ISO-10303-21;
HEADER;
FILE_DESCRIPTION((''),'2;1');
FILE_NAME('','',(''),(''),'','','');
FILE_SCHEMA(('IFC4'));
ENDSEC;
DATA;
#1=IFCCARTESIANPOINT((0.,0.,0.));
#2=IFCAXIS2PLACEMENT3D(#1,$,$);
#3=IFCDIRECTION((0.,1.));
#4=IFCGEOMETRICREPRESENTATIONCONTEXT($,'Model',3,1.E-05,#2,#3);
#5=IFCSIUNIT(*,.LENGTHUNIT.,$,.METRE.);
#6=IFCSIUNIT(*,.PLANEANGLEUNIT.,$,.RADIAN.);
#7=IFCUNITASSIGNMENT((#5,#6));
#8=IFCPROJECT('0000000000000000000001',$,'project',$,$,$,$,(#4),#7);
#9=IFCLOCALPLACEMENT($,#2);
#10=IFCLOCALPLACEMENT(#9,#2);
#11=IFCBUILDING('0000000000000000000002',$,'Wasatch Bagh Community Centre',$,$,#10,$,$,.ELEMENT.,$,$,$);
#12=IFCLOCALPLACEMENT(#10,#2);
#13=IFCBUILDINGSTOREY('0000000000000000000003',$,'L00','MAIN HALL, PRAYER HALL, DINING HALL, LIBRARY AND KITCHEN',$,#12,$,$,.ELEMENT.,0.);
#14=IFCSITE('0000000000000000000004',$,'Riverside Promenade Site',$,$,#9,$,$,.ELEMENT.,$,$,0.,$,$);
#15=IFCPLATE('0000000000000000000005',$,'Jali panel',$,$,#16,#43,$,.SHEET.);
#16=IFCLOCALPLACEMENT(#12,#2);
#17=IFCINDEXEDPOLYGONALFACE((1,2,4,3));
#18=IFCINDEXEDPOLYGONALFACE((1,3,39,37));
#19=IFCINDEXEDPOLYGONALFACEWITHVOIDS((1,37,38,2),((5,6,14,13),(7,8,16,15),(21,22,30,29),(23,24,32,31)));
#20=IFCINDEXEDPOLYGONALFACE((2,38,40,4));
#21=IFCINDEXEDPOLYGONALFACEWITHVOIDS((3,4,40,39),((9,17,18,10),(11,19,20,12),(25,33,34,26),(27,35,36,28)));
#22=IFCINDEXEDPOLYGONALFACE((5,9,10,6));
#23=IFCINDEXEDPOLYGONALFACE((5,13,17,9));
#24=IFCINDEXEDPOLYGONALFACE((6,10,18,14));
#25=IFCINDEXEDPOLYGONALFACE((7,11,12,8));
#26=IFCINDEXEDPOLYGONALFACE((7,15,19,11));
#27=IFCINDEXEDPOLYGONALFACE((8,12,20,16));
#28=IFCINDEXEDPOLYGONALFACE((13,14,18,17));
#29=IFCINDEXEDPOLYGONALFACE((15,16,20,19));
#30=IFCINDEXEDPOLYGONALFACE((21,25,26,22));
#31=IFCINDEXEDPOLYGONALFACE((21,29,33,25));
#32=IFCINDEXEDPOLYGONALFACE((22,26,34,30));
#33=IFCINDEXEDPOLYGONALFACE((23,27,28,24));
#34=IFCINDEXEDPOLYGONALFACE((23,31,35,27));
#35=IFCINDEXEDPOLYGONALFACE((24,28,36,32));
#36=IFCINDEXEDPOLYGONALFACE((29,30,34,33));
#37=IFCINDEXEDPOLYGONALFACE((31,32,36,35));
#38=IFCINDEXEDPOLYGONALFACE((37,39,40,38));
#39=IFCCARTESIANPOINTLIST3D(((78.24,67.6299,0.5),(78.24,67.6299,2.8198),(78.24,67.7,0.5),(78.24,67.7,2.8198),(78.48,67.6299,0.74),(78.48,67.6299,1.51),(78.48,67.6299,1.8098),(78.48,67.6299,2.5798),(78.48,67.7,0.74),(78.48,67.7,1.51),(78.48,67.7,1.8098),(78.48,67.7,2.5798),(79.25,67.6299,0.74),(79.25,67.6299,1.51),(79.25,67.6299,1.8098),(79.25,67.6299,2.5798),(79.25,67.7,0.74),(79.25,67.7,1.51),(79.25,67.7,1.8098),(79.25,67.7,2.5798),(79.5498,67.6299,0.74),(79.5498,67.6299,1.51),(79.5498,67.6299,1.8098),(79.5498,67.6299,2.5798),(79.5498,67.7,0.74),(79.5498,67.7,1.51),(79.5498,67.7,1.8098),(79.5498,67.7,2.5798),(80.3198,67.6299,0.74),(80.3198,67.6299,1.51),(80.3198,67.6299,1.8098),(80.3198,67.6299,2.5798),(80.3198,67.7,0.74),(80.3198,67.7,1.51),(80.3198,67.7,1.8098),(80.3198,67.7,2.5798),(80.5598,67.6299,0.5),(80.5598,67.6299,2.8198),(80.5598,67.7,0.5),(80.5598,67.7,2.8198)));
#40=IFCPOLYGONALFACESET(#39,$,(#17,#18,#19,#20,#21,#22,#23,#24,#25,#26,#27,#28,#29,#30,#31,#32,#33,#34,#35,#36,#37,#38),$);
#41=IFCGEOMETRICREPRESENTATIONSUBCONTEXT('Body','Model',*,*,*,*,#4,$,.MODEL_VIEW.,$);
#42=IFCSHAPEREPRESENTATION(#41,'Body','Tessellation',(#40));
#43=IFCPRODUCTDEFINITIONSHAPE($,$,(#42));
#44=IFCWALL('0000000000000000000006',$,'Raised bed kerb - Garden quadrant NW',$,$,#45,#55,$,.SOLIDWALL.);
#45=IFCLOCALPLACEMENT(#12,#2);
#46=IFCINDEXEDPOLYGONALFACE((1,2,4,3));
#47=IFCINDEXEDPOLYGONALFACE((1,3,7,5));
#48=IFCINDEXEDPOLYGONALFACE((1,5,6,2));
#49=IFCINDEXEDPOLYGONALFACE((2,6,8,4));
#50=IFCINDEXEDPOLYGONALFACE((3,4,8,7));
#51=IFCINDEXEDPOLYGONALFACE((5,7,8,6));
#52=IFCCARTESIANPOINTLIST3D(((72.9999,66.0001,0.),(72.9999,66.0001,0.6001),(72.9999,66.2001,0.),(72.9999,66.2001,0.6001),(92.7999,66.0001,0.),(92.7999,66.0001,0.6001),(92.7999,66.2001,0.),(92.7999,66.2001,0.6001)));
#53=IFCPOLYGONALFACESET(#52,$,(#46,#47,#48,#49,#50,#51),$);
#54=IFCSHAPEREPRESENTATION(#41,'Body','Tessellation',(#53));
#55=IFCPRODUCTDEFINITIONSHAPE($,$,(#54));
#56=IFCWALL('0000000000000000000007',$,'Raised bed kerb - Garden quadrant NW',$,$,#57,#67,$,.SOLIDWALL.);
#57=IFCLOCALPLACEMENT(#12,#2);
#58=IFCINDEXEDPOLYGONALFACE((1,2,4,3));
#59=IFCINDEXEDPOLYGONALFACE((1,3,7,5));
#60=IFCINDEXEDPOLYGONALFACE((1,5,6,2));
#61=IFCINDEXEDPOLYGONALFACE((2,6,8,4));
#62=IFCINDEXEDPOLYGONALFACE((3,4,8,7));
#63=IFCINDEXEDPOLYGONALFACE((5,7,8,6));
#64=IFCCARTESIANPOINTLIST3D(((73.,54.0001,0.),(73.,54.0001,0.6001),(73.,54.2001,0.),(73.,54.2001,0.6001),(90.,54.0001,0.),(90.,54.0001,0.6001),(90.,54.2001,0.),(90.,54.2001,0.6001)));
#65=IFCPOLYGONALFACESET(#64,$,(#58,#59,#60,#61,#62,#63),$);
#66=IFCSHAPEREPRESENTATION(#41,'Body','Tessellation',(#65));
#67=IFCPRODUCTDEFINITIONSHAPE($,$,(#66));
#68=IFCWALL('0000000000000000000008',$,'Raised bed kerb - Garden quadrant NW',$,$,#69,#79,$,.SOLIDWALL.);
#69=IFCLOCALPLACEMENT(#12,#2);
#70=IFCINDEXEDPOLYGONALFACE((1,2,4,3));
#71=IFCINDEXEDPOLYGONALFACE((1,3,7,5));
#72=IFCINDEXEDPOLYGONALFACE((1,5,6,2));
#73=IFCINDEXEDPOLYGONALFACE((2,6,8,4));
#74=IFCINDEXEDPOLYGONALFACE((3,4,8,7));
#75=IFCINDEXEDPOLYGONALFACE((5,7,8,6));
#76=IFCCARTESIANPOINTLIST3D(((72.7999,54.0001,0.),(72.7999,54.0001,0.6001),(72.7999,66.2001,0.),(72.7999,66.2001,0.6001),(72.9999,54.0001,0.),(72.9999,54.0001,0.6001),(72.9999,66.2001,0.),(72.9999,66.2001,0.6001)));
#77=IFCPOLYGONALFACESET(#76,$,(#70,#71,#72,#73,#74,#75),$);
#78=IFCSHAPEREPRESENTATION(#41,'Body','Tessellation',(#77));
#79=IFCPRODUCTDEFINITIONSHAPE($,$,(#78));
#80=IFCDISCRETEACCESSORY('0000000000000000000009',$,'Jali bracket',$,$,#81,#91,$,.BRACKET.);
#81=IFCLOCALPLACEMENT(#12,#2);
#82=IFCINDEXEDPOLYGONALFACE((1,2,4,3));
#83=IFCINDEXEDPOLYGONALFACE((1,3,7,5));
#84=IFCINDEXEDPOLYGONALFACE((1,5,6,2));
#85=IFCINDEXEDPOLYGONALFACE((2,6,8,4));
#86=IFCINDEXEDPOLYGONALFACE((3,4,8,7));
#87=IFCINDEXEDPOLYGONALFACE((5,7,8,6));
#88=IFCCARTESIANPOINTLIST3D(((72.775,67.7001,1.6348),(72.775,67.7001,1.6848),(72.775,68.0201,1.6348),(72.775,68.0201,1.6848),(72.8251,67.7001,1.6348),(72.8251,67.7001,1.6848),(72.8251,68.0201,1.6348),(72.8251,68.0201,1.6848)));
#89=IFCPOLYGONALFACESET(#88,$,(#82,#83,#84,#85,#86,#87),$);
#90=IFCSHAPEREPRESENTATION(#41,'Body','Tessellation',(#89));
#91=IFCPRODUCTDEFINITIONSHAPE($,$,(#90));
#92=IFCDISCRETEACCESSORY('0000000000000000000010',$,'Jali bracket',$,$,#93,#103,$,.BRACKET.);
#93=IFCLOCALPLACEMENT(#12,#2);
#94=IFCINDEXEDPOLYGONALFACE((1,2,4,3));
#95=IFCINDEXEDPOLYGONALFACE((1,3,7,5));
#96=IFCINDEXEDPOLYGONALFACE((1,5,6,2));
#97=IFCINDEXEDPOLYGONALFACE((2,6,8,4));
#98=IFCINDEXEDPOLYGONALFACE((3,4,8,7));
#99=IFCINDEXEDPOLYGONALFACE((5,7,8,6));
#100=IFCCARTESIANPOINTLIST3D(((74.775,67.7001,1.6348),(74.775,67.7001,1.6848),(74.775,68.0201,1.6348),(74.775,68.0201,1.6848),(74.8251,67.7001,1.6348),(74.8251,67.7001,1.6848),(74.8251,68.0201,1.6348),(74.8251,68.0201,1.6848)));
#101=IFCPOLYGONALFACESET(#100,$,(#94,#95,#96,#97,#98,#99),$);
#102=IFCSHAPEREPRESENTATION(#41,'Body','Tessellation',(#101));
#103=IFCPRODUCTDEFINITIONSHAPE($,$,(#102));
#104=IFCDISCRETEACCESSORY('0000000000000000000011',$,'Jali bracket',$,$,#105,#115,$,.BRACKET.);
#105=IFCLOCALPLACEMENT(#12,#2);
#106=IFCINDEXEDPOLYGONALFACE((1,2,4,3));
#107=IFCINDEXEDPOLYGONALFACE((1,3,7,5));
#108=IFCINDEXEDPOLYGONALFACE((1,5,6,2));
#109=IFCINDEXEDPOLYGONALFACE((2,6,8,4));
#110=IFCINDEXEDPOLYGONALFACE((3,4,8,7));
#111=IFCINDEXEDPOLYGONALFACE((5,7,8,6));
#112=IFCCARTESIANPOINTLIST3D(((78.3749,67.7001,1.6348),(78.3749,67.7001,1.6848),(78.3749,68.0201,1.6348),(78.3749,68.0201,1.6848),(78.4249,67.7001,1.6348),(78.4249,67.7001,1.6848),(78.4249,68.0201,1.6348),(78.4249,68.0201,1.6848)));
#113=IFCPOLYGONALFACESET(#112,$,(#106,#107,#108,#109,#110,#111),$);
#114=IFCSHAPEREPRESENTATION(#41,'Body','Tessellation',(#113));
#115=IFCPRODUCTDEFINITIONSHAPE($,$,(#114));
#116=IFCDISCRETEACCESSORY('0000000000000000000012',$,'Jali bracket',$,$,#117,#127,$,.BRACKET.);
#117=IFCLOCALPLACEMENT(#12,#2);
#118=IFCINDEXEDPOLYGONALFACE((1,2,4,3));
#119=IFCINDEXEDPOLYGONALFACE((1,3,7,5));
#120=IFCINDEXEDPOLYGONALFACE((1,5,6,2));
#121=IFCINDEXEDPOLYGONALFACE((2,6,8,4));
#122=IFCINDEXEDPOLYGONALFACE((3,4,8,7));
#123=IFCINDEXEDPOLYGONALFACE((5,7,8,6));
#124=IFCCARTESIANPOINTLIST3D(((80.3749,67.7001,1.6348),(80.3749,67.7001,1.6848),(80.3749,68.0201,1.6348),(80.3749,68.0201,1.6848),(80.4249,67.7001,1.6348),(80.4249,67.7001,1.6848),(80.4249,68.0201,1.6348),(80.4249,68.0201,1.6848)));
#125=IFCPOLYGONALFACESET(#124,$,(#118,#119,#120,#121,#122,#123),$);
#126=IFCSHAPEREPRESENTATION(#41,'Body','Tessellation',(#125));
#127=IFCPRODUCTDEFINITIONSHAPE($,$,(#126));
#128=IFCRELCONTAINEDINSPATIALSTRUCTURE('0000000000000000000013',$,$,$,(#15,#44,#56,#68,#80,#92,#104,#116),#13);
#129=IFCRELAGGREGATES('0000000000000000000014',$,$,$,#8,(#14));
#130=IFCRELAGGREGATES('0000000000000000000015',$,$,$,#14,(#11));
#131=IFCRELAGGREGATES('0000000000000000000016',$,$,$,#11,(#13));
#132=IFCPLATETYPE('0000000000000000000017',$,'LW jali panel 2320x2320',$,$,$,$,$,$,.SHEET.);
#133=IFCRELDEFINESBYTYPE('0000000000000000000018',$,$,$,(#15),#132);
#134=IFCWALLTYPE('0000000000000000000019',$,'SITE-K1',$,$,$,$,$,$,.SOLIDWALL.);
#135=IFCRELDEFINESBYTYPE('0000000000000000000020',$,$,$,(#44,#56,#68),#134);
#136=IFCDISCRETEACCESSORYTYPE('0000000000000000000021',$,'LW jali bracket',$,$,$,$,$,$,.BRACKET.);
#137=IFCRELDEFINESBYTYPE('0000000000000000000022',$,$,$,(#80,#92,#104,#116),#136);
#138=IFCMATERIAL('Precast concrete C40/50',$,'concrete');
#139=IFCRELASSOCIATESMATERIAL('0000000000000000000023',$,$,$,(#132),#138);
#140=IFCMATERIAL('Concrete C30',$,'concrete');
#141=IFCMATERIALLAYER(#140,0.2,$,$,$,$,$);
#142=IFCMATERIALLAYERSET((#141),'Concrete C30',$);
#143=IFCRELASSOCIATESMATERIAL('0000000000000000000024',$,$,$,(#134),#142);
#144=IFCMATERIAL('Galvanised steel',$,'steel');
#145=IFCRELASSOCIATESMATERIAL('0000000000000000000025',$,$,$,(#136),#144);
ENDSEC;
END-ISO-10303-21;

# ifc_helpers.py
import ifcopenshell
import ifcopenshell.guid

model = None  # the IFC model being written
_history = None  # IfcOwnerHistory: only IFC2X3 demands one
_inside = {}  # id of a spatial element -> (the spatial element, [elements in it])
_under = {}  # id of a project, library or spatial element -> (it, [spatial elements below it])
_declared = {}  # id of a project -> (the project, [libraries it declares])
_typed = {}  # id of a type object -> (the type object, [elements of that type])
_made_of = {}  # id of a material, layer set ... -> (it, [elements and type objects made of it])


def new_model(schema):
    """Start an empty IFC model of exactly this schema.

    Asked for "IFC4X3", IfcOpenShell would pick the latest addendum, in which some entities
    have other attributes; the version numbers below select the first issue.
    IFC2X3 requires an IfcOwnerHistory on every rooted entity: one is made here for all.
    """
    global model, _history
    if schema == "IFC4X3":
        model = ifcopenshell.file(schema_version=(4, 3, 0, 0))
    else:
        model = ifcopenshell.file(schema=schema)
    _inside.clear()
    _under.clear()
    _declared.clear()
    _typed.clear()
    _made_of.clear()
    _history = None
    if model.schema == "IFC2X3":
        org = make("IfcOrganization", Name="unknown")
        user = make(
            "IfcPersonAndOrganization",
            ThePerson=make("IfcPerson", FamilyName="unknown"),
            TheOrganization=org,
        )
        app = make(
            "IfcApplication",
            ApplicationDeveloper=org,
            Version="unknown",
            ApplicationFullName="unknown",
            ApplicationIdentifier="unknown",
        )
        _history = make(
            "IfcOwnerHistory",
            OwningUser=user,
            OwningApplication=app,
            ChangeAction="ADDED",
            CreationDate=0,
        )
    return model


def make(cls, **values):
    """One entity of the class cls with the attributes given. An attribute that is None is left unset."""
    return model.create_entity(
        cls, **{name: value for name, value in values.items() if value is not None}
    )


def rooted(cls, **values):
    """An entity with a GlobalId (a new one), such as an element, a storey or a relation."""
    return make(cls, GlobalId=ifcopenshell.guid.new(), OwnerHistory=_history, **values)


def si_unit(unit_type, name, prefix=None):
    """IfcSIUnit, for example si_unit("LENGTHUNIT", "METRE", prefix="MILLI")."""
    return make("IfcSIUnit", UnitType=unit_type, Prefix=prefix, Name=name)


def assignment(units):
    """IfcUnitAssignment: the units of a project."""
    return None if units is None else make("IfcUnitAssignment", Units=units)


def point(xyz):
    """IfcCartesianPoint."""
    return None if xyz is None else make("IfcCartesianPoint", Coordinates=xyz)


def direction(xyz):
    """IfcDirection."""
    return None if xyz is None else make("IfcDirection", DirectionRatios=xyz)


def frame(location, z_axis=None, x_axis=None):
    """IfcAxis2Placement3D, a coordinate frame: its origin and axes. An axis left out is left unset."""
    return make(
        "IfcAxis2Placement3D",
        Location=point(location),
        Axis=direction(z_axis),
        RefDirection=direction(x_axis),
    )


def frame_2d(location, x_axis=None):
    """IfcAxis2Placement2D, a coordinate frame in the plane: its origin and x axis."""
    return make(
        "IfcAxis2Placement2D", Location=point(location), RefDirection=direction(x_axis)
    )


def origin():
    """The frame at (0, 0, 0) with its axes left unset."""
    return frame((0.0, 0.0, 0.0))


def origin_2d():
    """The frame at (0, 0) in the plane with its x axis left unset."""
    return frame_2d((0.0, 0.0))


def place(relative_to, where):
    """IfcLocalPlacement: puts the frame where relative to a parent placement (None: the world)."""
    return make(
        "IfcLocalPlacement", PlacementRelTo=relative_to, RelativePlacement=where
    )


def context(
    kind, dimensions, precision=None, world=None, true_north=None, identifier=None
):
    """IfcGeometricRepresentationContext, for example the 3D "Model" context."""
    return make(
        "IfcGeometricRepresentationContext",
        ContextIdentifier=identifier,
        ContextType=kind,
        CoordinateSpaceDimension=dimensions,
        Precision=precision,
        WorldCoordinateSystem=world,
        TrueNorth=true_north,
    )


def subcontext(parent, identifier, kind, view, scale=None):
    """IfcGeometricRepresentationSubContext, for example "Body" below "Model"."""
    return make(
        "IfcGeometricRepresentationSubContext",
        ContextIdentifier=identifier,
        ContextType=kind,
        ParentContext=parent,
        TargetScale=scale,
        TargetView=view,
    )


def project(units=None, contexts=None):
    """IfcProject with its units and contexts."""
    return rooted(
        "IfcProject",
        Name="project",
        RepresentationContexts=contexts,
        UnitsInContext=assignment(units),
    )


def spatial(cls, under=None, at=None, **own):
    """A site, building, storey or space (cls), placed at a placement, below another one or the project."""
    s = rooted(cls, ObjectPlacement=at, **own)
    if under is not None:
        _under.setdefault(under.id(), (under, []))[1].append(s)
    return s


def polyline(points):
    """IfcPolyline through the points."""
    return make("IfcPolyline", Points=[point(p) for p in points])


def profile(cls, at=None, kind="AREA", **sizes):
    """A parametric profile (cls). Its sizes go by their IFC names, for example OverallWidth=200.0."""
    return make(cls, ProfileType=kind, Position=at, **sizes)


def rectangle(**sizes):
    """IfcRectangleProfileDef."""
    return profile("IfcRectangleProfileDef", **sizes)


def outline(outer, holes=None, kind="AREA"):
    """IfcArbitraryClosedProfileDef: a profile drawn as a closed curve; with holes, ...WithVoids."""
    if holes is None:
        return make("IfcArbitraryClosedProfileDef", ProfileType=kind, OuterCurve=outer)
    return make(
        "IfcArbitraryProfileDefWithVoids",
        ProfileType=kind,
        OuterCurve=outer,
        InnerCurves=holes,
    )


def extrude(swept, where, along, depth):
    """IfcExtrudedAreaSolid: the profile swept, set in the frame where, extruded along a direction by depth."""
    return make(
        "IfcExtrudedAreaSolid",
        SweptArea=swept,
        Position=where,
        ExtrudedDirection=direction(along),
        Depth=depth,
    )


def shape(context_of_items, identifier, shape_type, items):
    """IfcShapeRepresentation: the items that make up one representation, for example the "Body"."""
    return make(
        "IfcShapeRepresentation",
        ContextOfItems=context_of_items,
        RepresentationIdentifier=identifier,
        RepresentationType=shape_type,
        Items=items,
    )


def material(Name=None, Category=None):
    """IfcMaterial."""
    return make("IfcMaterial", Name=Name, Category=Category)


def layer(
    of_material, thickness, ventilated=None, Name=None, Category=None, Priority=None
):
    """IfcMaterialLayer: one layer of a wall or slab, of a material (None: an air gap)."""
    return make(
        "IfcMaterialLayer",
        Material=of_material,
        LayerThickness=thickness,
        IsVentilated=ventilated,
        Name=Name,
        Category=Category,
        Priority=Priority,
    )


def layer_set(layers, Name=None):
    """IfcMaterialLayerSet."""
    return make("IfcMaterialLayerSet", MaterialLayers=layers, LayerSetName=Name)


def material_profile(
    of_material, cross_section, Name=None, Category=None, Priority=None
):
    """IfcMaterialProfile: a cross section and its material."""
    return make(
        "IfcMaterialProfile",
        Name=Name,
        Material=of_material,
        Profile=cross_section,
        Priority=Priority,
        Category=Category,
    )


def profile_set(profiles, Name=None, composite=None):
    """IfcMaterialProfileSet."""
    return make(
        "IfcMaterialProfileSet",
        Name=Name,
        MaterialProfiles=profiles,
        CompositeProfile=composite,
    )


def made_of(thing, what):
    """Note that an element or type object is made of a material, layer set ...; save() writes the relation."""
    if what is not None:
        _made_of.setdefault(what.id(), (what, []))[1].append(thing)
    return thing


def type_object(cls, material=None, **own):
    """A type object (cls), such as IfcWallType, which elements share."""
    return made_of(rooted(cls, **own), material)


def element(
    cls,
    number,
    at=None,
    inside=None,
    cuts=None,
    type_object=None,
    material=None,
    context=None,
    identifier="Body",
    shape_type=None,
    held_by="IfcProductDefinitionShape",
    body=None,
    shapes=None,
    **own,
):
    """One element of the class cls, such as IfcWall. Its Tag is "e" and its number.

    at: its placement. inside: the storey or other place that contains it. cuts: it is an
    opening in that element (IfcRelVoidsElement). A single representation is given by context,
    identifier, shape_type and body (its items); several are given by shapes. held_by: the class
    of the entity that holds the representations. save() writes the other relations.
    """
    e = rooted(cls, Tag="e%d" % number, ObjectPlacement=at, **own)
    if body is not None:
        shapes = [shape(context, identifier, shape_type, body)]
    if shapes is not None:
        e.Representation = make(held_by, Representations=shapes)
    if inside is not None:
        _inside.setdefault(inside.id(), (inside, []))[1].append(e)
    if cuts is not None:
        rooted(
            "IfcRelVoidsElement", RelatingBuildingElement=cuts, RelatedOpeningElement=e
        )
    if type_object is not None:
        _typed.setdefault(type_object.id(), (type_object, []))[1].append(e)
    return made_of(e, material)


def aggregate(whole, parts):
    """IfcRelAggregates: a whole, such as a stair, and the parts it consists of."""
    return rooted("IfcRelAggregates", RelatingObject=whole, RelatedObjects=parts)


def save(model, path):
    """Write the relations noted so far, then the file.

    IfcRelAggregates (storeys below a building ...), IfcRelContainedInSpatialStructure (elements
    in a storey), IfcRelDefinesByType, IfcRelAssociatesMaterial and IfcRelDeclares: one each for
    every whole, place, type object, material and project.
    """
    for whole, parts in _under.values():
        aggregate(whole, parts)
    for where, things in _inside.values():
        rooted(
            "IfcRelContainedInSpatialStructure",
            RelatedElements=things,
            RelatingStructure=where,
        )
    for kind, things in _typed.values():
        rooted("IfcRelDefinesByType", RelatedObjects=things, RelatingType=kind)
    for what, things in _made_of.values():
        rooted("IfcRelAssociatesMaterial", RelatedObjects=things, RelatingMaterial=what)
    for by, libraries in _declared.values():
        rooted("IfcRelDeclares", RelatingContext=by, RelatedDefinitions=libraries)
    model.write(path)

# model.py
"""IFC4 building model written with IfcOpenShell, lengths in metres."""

from ifc_helpers import new_model, si_unit, direction, frame, frame_2d, origin, origin_2d, place, context, subcontext, project, spatial, polyline, rectangle, outline, extrude, material, layer, layer_set, material_profile, profile_set, type_object, element, save


model = new_model("IFC4")

# Units and contexts
model_context = context("Model", 3, precision=1e-05, world=origin(), true_north=direction((0.0, 1.0)))
body_context = subcontext(model_context, "Body", "Model", "MODEL_VIEW")
ifc_project = project(units=[si_unit("LENGTHUNIT", "METRE"), si_unit("PLANEANGLEUNIT", "RADIAN")], contexts=[model_context])

# Site, building, storey
site_placement = place(None, origin())
site = spatial("IfcSite", under=ifc_project, at=site_placement, Name="Riverside Promenade Site", CompositionType="ELEMENT", RefElevation=0.0)
building_placement = place(site_placement, origin())
building = spatial("IfcBuilding", under=site, at=building_placement, Name="Wasatch Bagh Community Centre", CompositionType="ELEMENT")
storey_placement = place(building_placement, origin())
storey = spatial("IfcBuildingStorey", under=building, at=storey_placement, Name="L00", Description="MAIN HALL, PRAYER HALL, DINING HALL, LIBRARY AND KITCHEN", CompositionType="ELEMENT", Elevation=0.0)

# Shared definitions
ifc_material_1 = material(Name="Concrete C30", Category="concrete")

# Plate
ifc_material_2 = material(Name="Precast concrete C40/50", Category="concrete")
ifc_material_profile_1 = material_profile(ifc_material_2, outline(polyline([(-1.1599, -1.1599), (1.1599, -1.1599), (1.1599, 1.1599), (-1.1599, 1.1599), (-1.1599, -1.1599)]), holes=[polyline([(-0.9199, -0.9199), (-0.1499, -0.9199), (-0.1499, -0.1499), (-0.9199, -0.1499), (-0.9199, -0.9199)]), polyline([(-0.9199, 0.1499), (-0.1499, 0.1499), (-0.1499, 0.9199), (-0.9199, 0.9199), (-0.9199, 0.1499)]), polyline([(0.1499, -0.9199), (0.9199, -0.9199), (0.9199, -0.1499), (0.1499, -0.1499), (0.1499, -0.9199)]), polyline([(0.1499, 0.1499), (0.9199, 0.1499), (0.9199, 0.9199), (0.1499, 0.9199), (0.1499, 0.1499)])]), Name="Jali lattice")
ifc_profile_set_1 = profile_set([ifc_material_profile_1], Name="Precast concrete C40/50")
plate_type = type_object("IfcPlateType", Name="LW jali panel 2320x2320", PredefinedType="SHEET", material=ifc_profile_set_1)
for number, where, z_axis, x_axis, name in (
    (1, (79.3999, 67.7, 1.6599), (0.0, -1.0, 0.0), (1.0, 0.0, 0.0), "Jali panel"),
):
    element("IfcPlate", number, at=place(storey_placement, frame(where, z_axis=z_axis, x_axis=x_axis)), inside=storey, type_object=plate_type, Name=name, PredefinedType="SHEET", context=body_context, shape_type="SweptSolid", body=[
        extrude(outline(polyline([(-1.1599, -1.1599), (1.1599, -1.1599), (1.1599, 1.1599), (-1.1599, 1.1599), (-1.1599, -1.1599)]), holes=[polyline([(-0.9199, -0.9199), (-0.1499, -0.9199), (-0.1499, -0.1499), (-0.9199, -0.1499), (-0.9199, -0.9199)]), polyline([(-0.9199, 0.1499), (-0.1499, 0.1499), (-0.1499, 0.9199), (-0.9199, 0.9199), (-0.9199, 0.1499)]), polyline([(0.1499, -0.9199), (0.9199, -0.9199), (0.9199, -0.1499), (0.1499, -0.1499), (0.1499, -0.9199)]), polyline([(0.1499, 0.1499), (0.9199, 0.1499), (0.9199, 0.9199), (0.1499, 0.9199), (0.1499, 0.1499)])]), origin(), (0.0, 0.0, 1.0), 0.0701),
    ])

# Walls
ifc_layer_1 = layer(ifc_material_1, 0.2)
ifc_layer_set_1 = layer_set([ifc_layer_1], Name="Concrete C30")
wall_type = type_object("IfcWallType", Name="SITE-K1", PredefinedType="SOLIDWALL", material=ifc_layer_set_1)
wall_1_placement = place(storey_placement, frame((73.0, 66.1001, 0.0), z_axis=(0.0, 0.0, 1.0), x_axis=(1.0, 0.0, 0.0)))
element("IfcWall", 2, at=wall_1_placement, inside=storey, type_object=wall_type, Name="Raised bed kerb - Garden quadrant NW", PredefinedType="SOLIDWALL", context=body_context, shape_type="SweptSolid", body=[
    extrude(rectangle(XDim=19.8, YDim=0.2, at=frame_2d((9.8999, 0.0))), origin(), (0.0, 0.0, 1.0), 0.6001),
])
wall_2_placement = place(storey_placement, frame((73.0, 54.1001, 0.0), z_axis=(0.0, 0.0, 1.0), x_axis=(1.0, 0.0, 0.0)))
element("IfcWall", 3, at=wall_2_placement, inside=storey, type_object=wall_type, Name="Raised bed kerb - Garden quadrant NW", PredefinedType="SOLIDWALL", context=body_context, shape_type="SweptSolid", body=[
    extrude(rectangle(XDim=17.0, YDim=0.2, at=frame_2d((8.5, 0.0))), origin(), (0.0, 0.0, 1.0), 0.6001),
])
wall_3_placement = place(storey_placement, frame((72.8999, 54.0, 0.0), z_axis=(0.0, 0.0, 1.0), x_axis=(0.0, 1.0, 0.0)))
element("IfcWall", 4, at=wall_3_placement, inside=storey, type_object=wall_type, Name="Raised bed kerb - Garden quadrant NW", PredefinedType="SOLIDWALL", context=body_context, shape_type="SweptSolid", body=[
    extrude(rectangle(XDim=12.2, YDim=0.2, at=frame_2d((6.1001, 0.0))), origin(), (0.0, 0.0, 1.0), 0.6001),
])

# Discrete accessories
ifc_material_3 = material(Name="Galvanised steel", Category="steel")
discrete_accessory_type = type_object("IfcDiscreteAccessoryType", Name="LW jali bracket", PredefinedType="BRACKET", material=ifc_material_3)
for number, where, z_axis, x_axis, name in (
    (5, (72.8, 67.8601, 1.6348), (0.0, 0.0, 1.0), (1.0, 0.0, 0.0), "Jali bracket"),
    (6, (74.8, 67.8601, 1.6348), (0.0, 0.0, 1.0), (1.0, 0.0, 0.0), "Jali bracket"),
    (7, (78.3999, 67.8601, 1.6348), (0.0, 0.0, 1.0), (1.0, 0.0, 0.0), "Jali bracket"),
    (8, (80.3999, 67.8601, 1.6348), (0.0, 0.0, 1.0), (1.0, 0.0, 0.0), "Jali bracket"),
):
    element("IfcDiscreteAccessory", number, at=place(storey_placement, frame(where, z_axis=z_axis, x_axis=x_axis)), inside=storey, type_object=discrete_accessory_type, Name=name, PredefinedType="BRACKET", context=body_context, shape_type="SweptSolid", body=[
        extrude(rectangle(XDim=0.05, YDim=0.3201, at=origin_2d()), origin(), (0.0, 0.0, 1.0), 0.05),
    ])

save(model, "model.ifc")
